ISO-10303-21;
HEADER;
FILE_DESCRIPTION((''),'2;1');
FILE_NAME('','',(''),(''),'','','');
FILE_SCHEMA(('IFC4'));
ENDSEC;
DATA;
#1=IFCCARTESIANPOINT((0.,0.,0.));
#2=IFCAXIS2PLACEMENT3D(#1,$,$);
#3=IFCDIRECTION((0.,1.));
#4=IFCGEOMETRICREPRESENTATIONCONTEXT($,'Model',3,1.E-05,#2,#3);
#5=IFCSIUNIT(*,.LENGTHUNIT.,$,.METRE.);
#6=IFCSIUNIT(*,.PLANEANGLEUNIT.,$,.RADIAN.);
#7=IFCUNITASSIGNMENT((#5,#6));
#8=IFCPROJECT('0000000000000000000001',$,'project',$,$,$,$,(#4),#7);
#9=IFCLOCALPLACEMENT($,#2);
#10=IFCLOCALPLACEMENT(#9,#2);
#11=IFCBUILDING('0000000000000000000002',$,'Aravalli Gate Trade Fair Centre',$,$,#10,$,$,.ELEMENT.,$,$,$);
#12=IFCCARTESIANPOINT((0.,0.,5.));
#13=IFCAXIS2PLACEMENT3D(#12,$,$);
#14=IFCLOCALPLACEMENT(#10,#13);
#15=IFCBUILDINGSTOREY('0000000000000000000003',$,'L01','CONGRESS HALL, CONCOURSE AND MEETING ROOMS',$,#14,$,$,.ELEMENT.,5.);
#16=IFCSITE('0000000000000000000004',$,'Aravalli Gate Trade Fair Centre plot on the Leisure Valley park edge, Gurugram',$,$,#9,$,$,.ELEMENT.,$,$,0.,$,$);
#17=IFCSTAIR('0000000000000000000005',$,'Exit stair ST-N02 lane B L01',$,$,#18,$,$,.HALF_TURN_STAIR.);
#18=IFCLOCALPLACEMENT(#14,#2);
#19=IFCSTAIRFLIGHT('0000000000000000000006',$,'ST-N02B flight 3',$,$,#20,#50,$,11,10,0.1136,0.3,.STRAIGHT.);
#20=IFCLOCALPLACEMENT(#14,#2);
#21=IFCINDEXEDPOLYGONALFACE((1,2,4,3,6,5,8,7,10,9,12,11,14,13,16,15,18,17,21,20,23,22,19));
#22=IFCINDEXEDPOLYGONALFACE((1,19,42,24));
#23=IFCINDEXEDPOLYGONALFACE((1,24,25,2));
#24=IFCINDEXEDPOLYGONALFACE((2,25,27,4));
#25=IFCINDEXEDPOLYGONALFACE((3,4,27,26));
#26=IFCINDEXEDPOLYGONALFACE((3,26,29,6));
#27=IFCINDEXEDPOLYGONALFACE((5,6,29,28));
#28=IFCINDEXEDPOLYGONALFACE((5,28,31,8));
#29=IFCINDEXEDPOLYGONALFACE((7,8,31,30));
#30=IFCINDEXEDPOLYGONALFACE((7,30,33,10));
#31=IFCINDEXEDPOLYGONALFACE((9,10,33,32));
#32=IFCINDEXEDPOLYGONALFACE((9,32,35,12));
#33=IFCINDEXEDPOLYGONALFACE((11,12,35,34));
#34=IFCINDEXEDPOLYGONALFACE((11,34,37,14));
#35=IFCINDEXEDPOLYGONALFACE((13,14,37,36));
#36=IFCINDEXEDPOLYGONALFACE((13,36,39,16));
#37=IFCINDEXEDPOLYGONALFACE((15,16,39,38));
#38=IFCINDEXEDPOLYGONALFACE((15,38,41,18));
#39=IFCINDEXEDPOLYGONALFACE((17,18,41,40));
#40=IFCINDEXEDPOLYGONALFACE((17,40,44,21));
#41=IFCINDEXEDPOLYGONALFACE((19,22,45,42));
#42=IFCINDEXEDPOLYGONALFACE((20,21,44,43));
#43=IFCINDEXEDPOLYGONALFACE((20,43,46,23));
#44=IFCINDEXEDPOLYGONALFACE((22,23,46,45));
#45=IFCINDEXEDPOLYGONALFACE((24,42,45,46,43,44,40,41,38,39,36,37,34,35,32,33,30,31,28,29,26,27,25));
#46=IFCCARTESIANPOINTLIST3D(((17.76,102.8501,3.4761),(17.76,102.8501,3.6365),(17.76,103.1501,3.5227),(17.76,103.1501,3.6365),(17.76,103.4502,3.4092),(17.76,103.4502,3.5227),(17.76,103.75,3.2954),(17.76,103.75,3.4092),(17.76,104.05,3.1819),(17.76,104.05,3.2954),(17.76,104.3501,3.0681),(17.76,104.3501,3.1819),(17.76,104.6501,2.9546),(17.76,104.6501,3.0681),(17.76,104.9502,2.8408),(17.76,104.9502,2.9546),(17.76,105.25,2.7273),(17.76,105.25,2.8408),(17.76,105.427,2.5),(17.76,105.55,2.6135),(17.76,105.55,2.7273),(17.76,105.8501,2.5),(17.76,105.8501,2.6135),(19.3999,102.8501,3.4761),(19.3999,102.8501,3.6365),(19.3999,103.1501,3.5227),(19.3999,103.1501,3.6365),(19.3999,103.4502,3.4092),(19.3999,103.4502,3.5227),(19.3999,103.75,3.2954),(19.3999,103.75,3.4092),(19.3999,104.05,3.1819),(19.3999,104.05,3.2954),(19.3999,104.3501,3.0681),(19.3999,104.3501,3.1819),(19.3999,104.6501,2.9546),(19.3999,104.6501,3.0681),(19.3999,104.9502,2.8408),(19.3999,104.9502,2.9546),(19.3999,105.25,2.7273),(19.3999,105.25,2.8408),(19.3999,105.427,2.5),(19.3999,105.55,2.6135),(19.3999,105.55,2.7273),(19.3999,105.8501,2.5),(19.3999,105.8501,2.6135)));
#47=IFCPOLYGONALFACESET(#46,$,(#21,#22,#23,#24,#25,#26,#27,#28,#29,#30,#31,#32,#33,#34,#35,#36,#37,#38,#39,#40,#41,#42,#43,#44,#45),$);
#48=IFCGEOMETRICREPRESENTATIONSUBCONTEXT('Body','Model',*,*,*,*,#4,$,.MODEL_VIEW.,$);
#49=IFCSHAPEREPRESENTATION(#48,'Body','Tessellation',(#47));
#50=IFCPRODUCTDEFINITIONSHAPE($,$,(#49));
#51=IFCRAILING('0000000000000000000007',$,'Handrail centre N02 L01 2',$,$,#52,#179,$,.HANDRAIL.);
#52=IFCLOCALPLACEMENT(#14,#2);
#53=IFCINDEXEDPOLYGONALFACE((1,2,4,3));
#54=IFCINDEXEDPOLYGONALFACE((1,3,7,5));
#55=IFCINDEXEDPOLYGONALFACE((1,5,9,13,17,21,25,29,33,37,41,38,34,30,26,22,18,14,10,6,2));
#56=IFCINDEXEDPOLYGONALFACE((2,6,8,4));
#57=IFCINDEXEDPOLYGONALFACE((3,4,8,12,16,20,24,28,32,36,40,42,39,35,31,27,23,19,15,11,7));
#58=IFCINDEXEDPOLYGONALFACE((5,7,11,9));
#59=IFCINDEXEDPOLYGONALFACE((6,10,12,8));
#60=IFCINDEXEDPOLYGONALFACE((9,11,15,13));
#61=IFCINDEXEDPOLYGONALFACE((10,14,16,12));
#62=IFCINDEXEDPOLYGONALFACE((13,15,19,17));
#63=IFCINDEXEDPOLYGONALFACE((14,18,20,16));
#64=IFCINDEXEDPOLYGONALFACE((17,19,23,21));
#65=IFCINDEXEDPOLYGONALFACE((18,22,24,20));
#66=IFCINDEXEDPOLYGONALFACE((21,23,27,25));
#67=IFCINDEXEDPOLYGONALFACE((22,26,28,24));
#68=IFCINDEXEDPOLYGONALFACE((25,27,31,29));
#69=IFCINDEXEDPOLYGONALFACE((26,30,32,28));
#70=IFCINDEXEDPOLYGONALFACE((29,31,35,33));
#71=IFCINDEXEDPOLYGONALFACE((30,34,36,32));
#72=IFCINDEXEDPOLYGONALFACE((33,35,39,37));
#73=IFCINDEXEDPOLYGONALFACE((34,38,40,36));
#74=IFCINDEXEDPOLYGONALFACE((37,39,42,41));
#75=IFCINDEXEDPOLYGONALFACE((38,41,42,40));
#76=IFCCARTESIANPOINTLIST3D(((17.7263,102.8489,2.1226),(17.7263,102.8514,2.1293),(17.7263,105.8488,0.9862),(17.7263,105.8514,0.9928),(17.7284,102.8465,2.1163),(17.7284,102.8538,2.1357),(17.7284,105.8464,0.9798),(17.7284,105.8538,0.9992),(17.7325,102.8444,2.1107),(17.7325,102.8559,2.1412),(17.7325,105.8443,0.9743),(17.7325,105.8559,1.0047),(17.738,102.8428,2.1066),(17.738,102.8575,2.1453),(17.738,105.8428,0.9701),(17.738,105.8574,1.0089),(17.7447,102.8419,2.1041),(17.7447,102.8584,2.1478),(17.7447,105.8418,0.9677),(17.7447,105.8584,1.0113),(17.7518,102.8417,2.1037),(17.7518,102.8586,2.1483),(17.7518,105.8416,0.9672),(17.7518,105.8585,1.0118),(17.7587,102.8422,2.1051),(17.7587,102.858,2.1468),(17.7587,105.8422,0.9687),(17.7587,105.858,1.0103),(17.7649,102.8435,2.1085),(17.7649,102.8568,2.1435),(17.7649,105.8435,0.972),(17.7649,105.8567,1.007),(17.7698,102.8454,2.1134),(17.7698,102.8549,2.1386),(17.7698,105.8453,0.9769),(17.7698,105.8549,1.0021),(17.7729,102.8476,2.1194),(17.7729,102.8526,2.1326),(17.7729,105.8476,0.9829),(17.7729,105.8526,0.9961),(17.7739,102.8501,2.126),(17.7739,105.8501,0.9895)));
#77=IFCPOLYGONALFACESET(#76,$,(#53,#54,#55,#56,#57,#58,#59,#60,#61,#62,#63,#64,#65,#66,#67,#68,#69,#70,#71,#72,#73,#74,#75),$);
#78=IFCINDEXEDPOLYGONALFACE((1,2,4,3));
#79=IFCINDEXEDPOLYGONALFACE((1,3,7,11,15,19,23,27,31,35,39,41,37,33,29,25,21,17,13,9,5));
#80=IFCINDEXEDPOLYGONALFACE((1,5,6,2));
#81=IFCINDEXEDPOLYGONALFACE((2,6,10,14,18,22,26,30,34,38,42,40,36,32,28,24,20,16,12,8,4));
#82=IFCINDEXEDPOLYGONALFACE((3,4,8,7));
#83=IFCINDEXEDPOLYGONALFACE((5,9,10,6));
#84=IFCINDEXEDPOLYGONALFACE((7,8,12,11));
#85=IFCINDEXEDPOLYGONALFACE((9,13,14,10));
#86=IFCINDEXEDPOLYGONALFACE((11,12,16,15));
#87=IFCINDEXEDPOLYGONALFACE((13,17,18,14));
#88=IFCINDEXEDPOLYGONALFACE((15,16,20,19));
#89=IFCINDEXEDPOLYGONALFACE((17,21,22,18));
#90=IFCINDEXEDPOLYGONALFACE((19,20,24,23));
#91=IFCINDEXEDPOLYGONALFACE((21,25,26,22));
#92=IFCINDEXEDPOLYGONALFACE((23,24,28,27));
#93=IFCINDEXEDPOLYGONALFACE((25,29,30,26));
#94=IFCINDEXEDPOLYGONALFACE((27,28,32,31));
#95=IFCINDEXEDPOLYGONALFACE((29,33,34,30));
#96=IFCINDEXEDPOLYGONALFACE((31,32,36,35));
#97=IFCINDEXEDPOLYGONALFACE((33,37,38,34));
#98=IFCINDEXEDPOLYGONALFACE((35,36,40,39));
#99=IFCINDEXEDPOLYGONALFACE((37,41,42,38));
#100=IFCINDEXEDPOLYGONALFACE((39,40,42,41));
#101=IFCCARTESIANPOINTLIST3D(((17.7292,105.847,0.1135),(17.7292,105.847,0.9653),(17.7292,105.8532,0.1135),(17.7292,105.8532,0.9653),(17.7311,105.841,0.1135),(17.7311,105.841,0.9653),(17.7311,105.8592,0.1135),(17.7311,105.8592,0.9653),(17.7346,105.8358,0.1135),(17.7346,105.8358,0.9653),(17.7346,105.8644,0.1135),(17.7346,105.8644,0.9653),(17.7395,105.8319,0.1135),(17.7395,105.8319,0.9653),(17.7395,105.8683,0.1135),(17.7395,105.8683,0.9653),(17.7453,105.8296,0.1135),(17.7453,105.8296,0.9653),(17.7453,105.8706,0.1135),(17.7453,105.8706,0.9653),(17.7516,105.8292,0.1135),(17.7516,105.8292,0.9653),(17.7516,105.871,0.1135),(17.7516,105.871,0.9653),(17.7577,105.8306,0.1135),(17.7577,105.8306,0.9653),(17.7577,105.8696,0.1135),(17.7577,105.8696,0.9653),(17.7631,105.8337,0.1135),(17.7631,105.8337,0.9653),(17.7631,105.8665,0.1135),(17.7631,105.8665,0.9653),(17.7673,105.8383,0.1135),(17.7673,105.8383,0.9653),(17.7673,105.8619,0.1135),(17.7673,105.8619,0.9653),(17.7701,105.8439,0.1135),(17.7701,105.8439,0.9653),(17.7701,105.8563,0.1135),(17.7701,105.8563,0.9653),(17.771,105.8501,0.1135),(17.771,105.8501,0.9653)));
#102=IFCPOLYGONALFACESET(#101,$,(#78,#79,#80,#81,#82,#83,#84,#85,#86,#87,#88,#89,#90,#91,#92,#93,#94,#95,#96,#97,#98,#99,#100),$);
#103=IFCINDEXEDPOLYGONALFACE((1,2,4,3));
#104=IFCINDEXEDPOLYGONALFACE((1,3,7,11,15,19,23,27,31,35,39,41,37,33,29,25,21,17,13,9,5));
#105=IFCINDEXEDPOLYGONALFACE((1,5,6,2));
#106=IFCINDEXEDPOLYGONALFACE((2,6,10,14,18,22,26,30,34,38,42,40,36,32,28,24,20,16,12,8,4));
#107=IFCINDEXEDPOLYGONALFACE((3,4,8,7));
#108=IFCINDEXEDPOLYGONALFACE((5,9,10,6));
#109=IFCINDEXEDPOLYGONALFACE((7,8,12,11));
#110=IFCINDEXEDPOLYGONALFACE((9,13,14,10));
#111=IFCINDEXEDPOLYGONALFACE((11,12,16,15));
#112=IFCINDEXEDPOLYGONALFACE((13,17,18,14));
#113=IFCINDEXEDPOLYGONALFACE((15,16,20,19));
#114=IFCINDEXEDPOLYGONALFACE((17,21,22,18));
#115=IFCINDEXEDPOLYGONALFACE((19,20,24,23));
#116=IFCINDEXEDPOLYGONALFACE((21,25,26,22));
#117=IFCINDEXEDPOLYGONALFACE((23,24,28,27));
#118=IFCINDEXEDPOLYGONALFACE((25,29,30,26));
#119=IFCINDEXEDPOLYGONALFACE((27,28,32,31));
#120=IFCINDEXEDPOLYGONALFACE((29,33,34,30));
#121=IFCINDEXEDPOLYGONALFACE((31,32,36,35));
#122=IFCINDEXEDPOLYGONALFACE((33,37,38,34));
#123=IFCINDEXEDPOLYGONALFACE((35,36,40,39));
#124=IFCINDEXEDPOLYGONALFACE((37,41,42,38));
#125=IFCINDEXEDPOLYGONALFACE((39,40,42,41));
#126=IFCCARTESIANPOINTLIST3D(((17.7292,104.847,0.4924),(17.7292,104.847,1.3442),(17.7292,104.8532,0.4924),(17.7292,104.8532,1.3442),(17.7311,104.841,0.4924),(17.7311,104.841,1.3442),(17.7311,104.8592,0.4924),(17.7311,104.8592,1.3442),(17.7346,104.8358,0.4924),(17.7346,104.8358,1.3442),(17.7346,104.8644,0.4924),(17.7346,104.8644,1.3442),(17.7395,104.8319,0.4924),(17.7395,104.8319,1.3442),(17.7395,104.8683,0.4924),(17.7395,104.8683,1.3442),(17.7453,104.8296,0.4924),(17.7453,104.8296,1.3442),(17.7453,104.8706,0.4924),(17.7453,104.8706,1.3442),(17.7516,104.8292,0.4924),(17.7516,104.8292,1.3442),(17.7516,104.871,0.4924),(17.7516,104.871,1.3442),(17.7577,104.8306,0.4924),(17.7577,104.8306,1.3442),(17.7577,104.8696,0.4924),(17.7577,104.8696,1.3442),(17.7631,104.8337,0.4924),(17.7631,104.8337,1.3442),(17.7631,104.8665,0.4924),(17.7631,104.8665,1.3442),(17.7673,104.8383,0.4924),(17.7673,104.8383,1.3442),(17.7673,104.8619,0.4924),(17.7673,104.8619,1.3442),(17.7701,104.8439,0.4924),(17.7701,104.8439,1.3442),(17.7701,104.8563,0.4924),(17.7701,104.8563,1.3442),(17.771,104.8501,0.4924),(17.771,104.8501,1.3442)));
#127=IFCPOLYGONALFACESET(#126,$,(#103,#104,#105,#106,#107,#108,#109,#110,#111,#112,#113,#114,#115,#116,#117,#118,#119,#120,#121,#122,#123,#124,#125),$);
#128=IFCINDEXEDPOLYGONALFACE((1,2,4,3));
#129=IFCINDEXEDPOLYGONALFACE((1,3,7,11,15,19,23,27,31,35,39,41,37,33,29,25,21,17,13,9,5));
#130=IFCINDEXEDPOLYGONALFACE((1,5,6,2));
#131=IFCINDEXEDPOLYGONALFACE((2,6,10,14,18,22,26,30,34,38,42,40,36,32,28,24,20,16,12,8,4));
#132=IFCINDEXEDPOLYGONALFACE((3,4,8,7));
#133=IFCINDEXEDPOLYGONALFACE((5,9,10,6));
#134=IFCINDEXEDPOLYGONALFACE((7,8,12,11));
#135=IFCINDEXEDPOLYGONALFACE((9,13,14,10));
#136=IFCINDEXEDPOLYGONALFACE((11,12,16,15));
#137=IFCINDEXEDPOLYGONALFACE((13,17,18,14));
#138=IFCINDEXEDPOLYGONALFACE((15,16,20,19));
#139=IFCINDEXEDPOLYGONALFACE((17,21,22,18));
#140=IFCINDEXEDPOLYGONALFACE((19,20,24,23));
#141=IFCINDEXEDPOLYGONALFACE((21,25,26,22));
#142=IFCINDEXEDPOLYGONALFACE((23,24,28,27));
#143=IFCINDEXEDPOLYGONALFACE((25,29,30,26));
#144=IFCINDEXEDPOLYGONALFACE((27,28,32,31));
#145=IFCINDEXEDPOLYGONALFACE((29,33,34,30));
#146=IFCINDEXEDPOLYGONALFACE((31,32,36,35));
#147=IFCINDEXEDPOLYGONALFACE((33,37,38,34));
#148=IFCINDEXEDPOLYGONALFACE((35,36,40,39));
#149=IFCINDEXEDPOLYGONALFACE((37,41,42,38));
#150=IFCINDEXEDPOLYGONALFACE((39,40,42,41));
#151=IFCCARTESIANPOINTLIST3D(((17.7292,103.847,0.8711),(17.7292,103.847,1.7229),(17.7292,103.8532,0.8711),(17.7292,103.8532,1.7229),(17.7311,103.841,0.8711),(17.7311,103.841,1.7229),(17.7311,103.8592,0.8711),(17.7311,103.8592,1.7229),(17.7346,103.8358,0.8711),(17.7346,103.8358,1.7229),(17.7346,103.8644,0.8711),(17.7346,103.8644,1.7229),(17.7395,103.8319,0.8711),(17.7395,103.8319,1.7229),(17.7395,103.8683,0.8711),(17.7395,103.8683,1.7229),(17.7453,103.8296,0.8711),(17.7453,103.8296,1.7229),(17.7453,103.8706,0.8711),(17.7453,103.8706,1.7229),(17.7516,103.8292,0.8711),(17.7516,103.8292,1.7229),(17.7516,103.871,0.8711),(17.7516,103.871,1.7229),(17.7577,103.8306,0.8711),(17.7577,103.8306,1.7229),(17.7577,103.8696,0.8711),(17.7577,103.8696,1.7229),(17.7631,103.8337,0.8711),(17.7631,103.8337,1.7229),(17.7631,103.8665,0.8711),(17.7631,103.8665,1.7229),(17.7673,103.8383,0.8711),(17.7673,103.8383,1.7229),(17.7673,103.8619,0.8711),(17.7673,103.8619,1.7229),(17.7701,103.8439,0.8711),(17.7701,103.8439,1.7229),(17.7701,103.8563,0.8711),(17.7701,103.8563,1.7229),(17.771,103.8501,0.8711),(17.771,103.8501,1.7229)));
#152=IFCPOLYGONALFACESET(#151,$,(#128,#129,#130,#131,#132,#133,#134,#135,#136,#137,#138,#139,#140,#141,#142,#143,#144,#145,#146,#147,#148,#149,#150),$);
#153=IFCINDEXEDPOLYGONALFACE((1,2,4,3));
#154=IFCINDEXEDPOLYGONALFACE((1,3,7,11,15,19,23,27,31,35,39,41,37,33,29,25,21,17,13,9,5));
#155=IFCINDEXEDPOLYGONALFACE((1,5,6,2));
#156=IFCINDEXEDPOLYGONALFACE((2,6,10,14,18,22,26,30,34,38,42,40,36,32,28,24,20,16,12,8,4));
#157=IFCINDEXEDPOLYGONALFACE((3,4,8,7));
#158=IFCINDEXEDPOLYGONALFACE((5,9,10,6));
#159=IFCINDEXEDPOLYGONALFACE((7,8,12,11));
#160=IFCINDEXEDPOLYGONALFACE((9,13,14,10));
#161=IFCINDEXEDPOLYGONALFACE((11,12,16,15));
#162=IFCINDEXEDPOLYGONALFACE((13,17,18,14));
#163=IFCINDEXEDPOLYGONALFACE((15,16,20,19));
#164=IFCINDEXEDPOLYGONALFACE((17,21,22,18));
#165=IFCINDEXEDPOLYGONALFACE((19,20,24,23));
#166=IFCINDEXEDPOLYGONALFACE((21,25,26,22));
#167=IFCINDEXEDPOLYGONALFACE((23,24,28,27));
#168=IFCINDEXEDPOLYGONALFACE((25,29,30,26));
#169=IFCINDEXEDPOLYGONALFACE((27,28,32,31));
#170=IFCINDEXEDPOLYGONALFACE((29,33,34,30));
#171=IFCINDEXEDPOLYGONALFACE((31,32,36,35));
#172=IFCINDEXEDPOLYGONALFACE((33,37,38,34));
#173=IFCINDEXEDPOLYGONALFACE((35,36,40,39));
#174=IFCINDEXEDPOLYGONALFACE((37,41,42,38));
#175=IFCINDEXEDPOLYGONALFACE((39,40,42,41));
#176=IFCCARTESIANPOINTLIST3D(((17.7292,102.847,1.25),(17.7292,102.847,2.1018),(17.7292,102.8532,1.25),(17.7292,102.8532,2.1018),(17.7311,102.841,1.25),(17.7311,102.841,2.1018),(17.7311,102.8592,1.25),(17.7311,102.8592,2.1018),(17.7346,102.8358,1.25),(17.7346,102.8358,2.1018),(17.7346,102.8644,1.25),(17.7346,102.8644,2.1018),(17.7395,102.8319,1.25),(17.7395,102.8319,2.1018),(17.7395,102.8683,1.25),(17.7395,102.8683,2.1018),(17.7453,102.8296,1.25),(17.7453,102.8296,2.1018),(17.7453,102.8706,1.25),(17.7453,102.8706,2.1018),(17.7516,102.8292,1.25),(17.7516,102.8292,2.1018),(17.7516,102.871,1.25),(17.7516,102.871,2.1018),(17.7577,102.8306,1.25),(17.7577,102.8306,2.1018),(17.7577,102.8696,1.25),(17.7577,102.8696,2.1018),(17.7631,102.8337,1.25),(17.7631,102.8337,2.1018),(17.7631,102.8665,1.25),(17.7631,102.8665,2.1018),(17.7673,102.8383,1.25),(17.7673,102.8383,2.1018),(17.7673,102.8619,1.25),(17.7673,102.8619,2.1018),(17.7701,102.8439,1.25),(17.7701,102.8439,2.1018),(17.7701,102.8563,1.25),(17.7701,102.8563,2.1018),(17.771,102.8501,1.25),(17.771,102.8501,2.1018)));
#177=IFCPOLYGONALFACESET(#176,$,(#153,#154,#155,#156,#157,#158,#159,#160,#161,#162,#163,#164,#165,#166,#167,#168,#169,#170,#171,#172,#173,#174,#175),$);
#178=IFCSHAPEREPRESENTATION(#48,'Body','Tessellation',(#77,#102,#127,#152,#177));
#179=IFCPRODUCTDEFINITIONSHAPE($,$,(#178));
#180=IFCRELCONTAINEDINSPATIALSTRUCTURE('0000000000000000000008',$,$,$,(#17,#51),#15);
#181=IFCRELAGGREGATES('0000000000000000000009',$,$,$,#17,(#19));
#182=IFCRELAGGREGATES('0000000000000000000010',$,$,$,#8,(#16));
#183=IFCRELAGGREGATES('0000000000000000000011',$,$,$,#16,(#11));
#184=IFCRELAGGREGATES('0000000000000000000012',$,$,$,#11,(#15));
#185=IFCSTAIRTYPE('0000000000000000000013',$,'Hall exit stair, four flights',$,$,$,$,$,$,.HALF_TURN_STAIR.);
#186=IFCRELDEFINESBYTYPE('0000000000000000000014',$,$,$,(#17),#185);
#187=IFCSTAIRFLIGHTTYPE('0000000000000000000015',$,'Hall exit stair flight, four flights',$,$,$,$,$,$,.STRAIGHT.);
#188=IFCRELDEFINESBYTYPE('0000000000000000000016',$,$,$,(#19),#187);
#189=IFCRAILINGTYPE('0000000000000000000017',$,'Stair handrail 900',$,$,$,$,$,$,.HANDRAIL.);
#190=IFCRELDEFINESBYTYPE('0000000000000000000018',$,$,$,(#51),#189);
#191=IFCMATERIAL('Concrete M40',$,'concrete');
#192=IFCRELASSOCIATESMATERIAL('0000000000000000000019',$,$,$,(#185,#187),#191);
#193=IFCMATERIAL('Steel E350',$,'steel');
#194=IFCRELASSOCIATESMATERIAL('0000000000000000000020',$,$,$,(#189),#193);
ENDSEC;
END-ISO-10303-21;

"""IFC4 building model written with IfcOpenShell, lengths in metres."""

from ifc_helpers import new_model, si_unit, direction, frame, origin, origin_2d, place, context, subcontext, project, spatial, polyline, circle, outline, extrude, material, type_object, element, aggregate, save


model = new_model("IFC4")

# Units and contexts
model_context = context("Model", 3, precision=1e-05, world=origin(), true_north=direction((0.0, 1.0)))
body_context = subcontext(model_context, "Body", "Model", "MODEL_VIEW")
ifc_project = project(units=[si_unit("LENGTHUNIT", "METRE"), si_unit("PLANEANGLEUNIT", "RADIAN")], contexts=[model_context])

# Site, building, storey
site_placement = place(None, origin())
site = spatial("IfcSite", under=ifc_project, at=site_placement, Name="Aravalli Gate Trade Fair Centre plot on the Leisure Valley park edge, Gurugram", CompositionType="ELEMENT", RefElevation=0.0)
building_placement = place(site_placement, origin())
building = spatial("IfcBuilding", under=site, at=building_placement, Name="Aravalli Gate Trade Fair Centre", CompositionType="ELEMENT")
storey_placement = place(building_placement, frame((0.0, 0.0, 5.0)))
storey = spatial("IfcBuildingStorey", under=building, at=storey_placement, Name="L01", Description="CONGRESS HALL, CONCOURSE AND MEETING ROOMS", CompositionType="ELEMENT", Elevation=5.0)

# Shared definitions
ifc_material_1 = material(Name="Steel E350", Category="steel")

# Shared definitions
ifc_material_2 = material(Name="Concrete M40", Category="concrete")

# Shared definitions
stair_type = type_object("IfcStairType", Name="Hall exit stair, four flights", PredefinedType="HALF_TURN_STAIR", material=ifc_material_2)
stair_flight_type = type_object("IfcStairFlightType", Name="Hall exit stair flight, four flights", PredefinedType="STRAIGHT", material=ifc_material_2)

# Stair, stair flight
stair_1_placement = place(storey_placement, origin())
stair_1 = element("IfcStair", 1, at=stair_1_placement, inside=storey, type_object=stair_type, Name="Exit stair ST-N02 lane B L01", PredefinedType="HALF_TURN_STAIR")
stair_flight_1_placement = place(storey_placement, frame((18.5801, 105.8501, 2.5), z_axis=(0.0, 0.0, 1.0), x_axis=(0.0, -1.0, 0.0)))
stair_flight_1 = element("IfcStairFlight", 2, at=stair_flight_1_placement, type_object=stair_flight_type, Name="ST-N02B flight 3", NumberOfRisers=11, NumberOfTreads=10, PredefinedType="STRAIGHT", RiserHeight=0.1136, TreadLength=0.3, context=body_context, shape_type="SweptSolid", body=[
    extrude(outline(polyline([(0.0, 0.0), (0.0, 0.1135), (0.3, 0.1135), (0.3, 0.2273), (0.6001, 0.2273), (0.6001, 0.3408), (0.8999, 0.3408), (0.8999, 0.4546), (1.2, 0.4546), (1.2, 0.5681), (1.5, 0.5681), (1.5, 0.6819), (1.8, 0.6819), (1.8, 0.7954), (2.1001, 0.7954), (2.1001, 0.9092), (2.3999, 0.9092), (2.3999, 1.0227), (2.7, 1.0227), (2.7, 1.1365), (3.0, 1.1365), (3.0, 1.25), (3.0, 0.9761), (0.4231, 0.0), (0.0, 0.0)])), frame((0.0, 0.8198, 0.0), z_axis=(0.0, -1.0, 0.0), x_axis=(1.0, 0.0, 0.0)), (0.0, 0.0, 1.0), 1.6399),
])
aggregate(stair_1, [stair_flight_1])

# Railing
railing_type = type_object("IfcRailingType", Name="Stair handrail 900", PredefinedType="HANDRAIL", material=ifc_material_1)
for number, where, name in (
    (3, (17.75, 105.8501, 0.1135), "Handrail centre N02 L01 2"),
):
    element("IfcRailing", number, at=place(storey_placement, frame(where)), inside=storey, type_object=railing_type, Name=name, PredefinedType="HANDRAIL", context=body_context, shape_type="SweptSolid", body=[
        extrude(circle(Radius=0.0239, at=origin_2d()), frame((0.0, 0.0, 0.876), z_axis=(0.0, -0.935148, 0.354257), x_axis=(1.0, 0.0, 0.0)), (0.0, 0.0, 1.0), 3.208),
        extrude(circle(Radius=0.021, at=origin_2d()), origin(), (0.0, 0.0, 1.0), 0.8518),
        extrude(circle(Radius=0.021, at=origin_2d()), frame((0.0, -1.0, 0.3789)), (0.0, 0.0, 1.0), 0.8518),
        extrude(circle(Radius=0.021, at=origin_2d()), frame((0.0, -2.0, 0.7576)), (0.0, 0.0, 1.0), 0.8518),
        extrude(circle(Radius=0.021, at=origin_2d()), frame((0.0, -3.0, 1.1365)), (0.0, 0.0, 1.0), 0.8518),
    ])

save(model, "model.ifc")
